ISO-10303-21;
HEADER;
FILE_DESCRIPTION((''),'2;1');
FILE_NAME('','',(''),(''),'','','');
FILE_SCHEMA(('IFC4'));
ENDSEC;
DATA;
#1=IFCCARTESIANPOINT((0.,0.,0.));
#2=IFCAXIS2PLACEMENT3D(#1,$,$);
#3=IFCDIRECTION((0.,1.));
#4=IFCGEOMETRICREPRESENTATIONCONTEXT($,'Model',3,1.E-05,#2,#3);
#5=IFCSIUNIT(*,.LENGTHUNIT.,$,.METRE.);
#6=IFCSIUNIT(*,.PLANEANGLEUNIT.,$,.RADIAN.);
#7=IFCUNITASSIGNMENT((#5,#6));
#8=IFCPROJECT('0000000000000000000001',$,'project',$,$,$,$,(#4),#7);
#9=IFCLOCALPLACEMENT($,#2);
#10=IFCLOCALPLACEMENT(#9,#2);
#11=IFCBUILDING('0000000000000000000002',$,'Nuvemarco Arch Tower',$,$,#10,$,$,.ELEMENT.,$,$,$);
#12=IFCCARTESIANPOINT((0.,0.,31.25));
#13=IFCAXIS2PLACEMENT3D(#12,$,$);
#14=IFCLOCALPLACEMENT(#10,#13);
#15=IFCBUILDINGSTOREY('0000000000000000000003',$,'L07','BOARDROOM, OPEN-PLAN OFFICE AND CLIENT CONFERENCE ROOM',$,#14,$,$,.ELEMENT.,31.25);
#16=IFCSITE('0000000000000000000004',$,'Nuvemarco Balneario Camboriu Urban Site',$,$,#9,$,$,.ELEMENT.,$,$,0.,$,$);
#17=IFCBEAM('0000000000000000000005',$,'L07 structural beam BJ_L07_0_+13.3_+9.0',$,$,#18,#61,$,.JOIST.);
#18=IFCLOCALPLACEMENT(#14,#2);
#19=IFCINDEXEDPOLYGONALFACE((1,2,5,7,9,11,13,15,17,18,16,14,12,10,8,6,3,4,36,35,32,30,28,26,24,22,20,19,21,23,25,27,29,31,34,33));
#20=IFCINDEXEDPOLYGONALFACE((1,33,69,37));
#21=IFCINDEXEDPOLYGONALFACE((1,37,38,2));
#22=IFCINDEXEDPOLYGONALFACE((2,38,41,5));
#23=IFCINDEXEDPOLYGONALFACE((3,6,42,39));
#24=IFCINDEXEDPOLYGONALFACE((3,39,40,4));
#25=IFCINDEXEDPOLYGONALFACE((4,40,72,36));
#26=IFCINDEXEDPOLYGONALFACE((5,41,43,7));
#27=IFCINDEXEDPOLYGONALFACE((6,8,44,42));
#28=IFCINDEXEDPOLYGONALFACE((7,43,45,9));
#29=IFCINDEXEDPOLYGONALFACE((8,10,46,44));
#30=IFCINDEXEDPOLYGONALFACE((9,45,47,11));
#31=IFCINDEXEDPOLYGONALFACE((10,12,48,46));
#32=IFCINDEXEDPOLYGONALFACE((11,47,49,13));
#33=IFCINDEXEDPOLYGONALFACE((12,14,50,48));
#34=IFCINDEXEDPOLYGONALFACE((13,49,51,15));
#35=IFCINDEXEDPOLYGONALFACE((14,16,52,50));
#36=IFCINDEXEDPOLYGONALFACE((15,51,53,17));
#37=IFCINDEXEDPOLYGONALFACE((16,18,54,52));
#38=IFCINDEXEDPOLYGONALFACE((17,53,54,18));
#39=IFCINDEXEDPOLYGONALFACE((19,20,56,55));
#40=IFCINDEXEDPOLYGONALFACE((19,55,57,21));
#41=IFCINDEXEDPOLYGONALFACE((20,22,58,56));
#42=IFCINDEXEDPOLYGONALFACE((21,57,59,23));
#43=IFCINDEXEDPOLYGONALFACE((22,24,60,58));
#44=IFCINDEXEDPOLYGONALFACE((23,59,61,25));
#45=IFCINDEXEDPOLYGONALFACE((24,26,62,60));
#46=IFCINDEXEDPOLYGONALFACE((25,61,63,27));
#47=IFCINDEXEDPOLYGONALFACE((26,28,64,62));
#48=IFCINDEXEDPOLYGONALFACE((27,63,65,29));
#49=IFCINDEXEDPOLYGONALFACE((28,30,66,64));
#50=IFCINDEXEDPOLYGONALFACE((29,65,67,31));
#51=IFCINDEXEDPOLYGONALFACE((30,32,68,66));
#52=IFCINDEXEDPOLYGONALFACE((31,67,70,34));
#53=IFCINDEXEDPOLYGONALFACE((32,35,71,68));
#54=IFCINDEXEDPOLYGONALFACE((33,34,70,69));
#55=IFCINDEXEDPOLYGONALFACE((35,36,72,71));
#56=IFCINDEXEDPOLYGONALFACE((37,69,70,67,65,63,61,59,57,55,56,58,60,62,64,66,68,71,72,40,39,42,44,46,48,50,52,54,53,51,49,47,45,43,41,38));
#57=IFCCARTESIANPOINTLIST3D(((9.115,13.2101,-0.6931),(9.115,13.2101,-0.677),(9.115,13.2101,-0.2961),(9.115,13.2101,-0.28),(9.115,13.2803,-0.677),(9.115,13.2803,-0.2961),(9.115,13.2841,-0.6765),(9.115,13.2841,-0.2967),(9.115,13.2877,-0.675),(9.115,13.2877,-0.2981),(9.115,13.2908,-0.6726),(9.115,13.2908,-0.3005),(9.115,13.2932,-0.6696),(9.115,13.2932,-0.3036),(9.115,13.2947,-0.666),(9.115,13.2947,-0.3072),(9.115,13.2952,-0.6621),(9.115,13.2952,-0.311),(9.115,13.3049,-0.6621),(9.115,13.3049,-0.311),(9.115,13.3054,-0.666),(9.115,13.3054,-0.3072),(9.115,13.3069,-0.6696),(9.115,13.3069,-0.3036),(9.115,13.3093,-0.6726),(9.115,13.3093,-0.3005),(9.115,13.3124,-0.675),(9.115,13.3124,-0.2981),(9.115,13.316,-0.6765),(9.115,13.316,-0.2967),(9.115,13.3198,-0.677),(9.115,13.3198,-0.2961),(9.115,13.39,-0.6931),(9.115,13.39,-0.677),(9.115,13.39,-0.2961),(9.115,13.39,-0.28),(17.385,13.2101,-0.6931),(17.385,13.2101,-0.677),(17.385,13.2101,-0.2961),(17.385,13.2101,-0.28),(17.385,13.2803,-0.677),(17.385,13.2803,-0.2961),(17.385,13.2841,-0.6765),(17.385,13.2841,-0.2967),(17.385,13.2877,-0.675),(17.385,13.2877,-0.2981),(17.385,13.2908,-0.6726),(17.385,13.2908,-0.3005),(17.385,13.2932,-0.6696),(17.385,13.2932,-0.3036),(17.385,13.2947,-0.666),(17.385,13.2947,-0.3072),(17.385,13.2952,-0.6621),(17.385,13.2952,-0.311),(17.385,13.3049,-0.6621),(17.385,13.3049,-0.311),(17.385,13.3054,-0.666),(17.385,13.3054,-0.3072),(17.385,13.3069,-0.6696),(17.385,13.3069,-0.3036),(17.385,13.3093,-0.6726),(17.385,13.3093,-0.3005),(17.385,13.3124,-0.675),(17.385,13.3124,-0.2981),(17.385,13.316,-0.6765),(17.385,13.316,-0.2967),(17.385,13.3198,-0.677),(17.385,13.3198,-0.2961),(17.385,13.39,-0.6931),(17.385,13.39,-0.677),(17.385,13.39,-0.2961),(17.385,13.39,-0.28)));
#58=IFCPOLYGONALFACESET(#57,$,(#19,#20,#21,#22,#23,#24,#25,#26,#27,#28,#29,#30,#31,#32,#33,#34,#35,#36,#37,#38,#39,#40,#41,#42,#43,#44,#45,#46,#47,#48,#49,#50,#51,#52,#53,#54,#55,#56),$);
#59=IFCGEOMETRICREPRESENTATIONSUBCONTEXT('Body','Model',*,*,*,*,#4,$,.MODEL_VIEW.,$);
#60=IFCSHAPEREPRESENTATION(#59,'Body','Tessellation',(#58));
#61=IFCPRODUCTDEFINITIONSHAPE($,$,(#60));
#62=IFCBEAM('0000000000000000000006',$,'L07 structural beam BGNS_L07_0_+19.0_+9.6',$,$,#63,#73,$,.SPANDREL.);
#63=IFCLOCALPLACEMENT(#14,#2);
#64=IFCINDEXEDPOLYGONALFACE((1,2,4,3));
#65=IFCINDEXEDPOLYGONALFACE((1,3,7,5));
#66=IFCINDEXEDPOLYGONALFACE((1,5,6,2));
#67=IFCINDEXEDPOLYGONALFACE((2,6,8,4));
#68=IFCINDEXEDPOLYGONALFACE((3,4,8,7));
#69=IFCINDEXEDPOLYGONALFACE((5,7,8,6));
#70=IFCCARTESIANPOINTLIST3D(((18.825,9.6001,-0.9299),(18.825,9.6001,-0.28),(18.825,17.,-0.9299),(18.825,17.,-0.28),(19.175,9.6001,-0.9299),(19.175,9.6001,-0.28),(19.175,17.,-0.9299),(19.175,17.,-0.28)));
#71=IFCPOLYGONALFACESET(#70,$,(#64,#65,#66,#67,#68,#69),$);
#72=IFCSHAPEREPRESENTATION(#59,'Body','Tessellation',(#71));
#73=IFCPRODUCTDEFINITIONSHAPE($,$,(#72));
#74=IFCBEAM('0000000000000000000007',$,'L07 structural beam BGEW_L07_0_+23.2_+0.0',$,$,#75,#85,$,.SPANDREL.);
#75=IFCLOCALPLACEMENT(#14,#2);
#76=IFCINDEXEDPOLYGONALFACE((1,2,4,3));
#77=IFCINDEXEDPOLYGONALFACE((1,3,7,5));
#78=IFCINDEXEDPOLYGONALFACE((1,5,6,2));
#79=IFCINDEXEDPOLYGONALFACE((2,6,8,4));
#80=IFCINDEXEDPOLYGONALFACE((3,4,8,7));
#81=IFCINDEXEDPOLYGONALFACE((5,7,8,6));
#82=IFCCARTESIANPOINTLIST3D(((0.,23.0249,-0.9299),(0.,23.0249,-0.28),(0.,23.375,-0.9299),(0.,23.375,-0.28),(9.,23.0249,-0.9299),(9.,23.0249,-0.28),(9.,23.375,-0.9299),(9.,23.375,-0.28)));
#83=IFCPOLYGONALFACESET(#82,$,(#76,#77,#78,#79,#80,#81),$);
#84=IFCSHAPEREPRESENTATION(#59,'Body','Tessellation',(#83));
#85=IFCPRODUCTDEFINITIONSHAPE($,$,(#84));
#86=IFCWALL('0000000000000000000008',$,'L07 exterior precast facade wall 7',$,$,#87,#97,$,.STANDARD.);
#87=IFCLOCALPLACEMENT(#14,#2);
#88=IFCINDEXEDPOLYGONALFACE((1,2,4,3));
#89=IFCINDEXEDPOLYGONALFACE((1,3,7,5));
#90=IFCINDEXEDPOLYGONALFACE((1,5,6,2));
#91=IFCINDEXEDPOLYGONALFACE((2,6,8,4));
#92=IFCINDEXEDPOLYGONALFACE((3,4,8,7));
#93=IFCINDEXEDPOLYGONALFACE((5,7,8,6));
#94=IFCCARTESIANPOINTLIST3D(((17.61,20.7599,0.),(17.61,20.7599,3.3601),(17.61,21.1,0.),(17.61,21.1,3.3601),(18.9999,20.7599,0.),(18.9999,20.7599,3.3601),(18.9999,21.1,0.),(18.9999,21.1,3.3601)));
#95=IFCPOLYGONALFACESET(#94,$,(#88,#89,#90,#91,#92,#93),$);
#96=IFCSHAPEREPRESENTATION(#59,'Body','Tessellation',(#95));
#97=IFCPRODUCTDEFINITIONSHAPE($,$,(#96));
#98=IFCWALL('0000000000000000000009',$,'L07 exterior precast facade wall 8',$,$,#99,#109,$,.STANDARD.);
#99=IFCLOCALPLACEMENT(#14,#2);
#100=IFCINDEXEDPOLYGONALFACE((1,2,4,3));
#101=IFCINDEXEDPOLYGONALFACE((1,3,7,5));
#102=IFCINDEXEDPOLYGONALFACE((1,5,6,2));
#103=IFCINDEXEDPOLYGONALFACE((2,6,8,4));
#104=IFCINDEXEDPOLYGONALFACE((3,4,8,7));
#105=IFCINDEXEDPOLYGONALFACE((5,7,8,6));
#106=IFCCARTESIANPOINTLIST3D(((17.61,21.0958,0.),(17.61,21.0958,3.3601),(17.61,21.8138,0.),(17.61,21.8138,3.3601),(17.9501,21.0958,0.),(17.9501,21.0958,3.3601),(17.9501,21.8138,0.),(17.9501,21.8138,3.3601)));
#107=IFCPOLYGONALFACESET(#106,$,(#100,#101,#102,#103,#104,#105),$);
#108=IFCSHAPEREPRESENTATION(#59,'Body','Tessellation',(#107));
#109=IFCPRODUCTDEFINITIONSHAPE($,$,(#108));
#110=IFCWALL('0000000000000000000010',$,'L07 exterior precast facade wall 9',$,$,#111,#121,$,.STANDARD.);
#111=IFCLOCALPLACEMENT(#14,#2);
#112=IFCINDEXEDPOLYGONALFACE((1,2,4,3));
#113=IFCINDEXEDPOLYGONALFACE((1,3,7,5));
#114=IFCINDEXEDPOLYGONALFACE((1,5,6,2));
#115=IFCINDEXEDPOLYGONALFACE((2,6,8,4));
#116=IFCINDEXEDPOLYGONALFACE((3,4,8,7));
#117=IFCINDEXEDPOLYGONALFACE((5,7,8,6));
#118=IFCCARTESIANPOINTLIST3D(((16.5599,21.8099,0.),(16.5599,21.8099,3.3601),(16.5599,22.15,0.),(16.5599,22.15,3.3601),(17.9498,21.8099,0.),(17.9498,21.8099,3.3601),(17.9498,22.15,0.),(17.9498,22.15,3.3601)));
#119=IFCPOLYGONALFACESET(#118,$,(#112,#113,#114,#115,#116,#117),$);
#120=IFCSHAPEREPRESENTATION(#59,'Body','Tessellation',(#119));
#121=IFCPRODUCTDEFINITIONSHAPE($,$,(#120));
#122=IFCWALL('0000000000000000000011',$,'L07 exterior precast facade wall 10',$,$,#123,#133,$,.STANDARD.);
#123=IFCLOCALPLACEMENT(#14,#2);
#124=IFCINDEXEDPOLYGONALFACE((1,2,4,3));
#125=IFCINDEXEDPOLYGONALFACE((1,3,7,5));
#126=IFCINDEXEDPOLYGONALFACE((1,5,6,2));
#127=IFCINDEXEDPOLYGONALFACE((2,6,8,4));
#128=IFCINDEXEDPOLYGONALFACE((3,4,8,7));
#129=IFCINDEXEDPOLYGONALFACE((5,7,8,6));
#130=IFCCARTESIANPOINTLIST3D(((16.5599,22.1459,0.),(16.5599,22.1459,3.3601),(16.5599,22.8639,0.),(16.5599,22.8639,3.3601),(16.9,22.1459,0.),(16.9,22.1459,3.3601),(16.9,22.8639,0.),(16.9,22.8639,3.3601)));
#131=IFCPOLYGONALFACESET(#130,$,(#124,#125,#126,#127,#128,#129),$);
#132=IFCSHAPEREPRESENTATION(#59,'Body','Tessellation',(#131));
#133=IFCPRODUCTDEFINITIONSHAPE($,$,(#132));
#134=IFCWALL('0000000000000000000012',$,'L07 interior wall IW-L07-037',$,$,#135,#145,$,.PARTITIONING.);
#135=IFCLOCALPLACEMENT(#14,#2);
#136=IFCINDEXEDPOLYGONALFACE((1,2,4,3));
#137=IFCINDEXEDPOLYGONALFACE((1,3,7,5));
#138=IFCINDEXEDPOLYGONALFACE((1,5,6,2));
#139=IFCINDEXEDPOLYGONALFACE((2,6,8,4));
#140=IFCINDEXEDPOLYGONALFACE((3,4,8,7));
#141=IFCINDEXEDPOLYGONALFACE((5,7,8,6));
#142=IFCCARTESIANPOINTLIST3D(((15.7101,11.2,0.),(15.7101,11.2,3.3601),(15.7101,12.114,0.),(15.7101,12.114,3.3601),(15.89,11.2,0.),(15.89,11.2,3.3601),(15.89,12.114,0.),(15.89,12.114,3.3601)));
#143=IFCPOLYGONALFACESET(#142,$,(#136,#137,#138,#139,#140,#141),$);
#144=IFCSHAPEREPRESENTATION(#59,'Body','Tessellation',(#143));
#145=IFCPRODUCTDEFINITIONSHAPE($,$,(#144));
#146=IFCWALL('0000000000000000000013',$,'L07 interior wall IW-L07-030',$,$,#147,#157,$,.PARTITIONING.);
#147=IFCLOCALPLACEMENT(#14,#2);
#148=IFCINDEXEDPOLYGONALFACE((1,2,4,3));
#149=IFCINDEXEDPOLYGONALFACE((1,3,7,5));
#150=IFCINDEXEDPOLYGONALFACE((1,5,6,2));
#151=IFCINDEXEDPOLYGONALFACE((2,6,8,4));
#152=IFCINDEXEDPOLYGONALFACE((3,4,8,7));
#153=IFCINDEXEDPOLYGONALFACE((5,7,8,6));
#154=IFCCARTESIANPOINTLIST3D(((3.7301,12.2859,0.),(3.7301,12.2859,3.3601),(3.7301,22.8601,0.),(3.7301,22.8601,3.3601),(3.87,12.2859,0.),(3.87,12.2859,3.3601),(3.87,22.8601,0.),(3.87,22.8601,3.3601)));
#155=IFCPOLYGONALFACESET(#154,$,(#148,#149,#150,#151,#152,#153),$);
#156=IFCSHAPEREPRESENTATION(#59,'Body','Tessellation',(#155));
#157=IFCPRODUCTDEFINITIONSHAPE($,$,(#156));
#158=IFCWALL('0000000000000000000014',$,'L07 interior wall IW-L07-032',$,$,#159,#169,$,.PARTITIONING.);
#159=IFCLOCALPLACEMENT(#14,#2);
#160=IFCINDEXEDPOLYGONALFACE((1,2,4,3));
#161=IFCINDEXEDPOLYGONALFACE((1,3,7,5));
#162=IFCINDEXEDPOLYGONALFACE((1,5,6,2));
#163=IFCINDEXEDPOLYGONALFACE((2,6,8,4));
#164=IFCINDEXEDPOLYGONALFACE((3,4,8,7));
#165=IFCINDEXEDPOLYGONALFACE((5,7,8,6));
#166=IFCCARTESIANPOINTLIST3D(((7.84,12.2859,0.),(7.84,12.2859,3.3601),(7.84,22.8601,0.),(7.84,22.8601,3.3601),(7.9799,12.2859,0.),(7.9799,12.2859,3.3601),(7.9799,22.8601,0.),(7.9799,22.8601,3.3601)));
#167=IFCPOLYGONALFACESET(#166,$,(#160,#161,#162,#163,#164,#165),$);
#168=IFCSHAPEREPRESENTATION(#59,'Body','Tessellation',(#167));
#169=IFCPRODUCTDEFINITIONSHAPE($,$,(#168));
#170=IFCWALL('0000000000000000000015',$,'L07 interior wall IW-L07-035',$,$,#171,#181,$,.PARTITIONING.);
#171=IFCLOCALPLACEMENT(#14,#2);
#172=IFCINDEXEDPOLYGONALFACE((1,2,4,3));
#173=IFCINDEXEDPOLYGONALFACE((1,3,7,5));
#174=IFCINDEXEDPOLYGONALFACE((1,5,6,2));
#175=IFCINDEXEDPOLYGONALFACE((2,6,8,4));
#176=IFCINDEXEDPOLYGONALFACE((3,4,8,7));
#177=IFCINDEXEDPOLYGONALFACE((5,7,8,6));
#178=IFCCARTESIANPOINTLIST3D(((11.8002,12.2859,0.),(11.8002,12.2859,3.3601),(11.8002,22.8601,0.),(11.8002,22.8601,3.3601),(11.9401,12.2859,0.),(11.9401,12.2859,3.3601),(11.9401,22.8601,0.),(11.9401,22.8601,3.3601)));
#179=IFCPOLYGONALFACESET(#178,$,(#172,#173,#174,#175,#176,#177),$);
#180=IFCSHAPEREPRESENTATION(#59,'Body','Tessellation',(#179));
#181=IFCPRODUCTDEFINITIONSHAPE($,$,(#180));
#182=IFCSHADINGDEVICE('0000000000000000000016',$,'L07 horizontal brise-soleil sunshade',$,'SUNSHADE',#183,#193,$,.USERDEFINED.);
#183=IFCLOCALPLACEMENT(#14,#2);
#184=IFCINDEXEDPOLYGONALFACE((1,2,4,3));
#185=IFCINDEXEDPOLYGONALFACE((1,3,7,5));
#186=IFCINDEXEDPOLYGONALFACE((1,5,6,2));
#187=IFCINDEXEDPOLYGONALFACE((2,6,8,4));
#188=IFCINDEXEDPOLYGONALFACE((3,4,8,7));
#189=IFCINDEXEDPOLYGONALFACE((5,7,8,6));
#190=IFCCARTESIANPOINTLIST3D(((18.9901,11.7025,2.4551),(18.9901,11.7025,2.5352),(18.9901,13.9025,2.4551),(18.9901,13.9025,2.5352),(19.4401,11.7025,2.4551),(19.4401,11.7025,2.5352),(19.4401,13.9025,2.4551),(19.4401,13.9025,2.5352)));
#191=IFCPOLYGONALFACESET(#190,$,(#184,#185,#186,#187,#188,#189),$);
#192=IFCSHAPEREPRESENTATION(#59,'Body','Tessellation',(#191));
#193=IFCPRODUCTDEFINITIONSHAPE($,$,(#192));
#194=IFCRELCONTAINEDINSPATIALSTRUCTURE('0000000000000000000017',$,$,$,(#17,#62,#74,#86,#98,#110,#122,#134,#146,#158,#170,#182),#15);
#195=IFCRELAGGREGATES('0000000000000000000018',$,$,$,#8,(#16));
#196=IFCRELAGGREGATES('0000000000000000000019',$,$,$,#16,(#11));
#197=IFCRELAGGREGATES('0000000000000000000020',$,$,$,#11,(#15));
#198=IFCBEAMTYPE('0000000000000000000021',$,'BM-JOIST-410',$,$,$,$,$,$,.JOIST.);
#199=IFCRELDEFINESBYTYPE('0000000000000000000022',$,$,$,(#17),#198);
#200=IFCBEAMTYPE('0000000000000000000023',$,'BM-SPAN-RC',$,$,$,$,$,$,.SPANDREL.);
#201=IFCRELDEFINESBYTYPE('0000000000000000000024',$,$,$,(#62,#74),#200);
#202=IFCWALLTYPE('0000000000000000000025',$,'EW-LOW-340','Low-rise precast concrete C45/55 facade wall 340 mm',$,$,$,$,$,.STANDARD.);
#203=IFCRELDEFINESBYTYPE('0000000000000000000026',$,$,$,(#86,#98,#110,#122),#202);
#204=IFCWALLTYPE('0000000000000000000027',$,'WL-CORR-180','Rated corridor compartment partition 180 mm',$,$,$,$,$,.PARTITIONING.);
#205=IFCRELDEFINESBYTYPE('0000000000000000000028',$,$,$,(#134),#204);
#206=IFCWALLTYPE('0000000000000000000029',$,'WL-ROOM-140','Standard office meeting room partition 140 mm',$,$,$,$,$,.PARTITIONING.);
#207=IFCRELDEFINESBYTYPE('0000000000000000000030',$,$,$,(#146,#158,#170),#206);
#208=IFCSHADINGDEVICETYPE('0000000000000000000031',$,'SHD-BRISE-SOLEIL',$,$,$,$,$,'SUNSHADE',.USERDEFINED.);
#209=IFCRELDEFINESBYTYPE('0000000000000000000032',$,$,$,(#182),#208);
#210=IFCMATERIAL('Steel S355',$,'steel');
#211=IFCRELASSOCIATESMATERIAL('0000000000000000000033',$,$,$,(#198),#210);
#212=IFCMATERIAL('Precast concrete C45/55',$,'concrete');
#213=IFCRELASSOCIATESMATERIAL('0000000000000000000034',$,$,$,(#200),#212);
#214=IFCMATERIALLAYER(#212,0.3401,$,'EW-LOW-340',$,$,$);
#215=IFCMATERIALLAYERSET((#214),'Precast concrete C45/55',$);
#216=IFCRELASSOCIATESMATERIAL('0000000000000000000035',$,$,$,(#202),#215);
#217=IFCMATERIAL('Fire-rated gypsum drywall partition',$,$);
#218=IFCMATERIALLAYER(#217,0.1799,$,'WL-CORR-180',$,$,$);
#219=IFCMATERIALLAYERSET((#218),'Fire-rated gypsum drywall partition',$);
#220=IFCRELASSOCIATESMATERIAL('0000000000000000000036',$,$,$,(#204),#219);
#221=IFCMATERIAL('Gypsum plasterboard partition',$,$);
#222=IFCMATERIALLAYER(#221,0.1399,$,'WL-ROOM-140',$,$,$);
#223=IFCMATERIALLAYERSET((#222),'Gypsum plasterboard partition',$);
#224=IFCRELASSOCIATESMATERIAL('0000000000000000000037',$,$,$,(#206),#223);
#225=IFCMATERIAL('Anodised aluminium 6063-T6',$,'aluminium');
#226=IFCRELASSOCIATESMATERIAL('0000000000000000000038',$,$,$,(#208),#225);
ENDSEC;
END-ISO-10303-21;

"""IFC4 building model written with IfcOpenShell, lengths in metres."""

from ifc_helpers import new_model, si_unit, direction, frame, frame_2d, origin, origin_2d, place, context, subcontext, project, spatial, rectangle, i_section, extrude, source, transform, mapped, material, layer, layer_set, material_profile, profile_set, type_object, type_shapes, element, save


model = new_model("IFC4")

# Units and contexts
model_context = context("Model", 3, precision=1e-05, world=origin(), true_north=direction((0.0, 1.0)))
body_context = subcontext(model_context, "Body", "Model", "MODEL_VIEW")
ifc_project = project(units=[si_unit("LENGTHUNIT", "METRE"), si_unit("PLANEANGLEUNIT", "RADIAN")], contexts=[model_context])

# Site, building, storey
site_placement = place(None, origin())
site = spatial("IfcSite", under=ifc_project, at=site_placement, Name="Nuvemarco Balneario Camboriu Urban Site", CompositionType="ELEMENT", RefElevation=0.0)
building_placement = place(site_placement, origin())
building = spatial("IfcBuilding", under=site, at=building_placement, Name="Nuvemarco Arch Tower", CompositionType="ELEMENT")
storey_placement = place(building_placement, frame((0.0, 0.0, 31.25)))
storey = spatial("IfcBuildingStorey", under=building, at=storey_placement, Name="L07", Description="BOARDROOM, OPEN-PLAN OFFICE AND CLIENT CONFERENCE ROOM", CompositionType="ELEMENT", Elevation=31.25)

# Shared definitions
ifc_material_1 = material(Name="Steel S355", Category="steel")

# Beams
ifc_material_profile_1 = material_profile(ifc_material_1, i_section(OverallWidth=0.1799, OverallDepth=0.4131, WebThickness=0.0098, FlangeThickness=0.0161, FilletRadius=0.0149, at=origin_2d()), Name="W410x75")
ifc_profile_set_1 = profile_set([ifc_material_profile_1], Name="Steel S355")
beam_type_1 = type_object("IfcBeamType", Name="BM-JOIST-410", PredefinedType="JOIST", material=ifc_profile_set_1)
beam_1_placement = place(storey_placement, frame((9.115, 13.3, -0.4866), z_axis=(1.0, 0.0, 0.0), x_axis=(0.0, 1.0, 0.0)))
element("IfcBeam", 1, at=beam_1_placement, inside=storey, type_object=beam_type_1, Name="L07 structural beam BJ_L07_0_+13.3_+9.0", PredefinedType="JOIST", context=body_context, shape_type="SweptSolid", body=[
    extrude(i_section(OverallWidth=0.1799, OverallDepth=0.4131, WebThickness=0.0098, FlangeThickness=0.0161, FilletRadius=0.0149, at=origin_2d()), origin(), (0.0, 0.0, 1.0), 8.27),
])
ifc_material_2 = material(Name="Precast concrete C45/55", Category="concrete")
ifc_material_profile_2 = material_profile(ifc_material_2, rectangle(XDim=0.3501, YDim=0.6499, at=origin_2d()), Name="PC-SP-350x650")
ifc_profile_set_2 = profile_set([ifc_material_profile_2], Name="Precast concrete C45/55")
beam_type_2 = type_object("IfcBeamType", Name="BM-SPAN-RC", PredefinedType="SPANDREL", material=ifc_profile_set_2)
beam_2_placement = place(storey_placement, frame((19.0, 9.6001, -0.605), z_axis=(0.0, 1.0, 0.0), x_axis=(-1.0, 0.0, 0.0)))
element("IfcBeam", 2, at=beam_2_placement, inside=storey, type_object=beam_type_2, Name="L07 structural beam BGNS_L07_0_+19.0_+9.6", PredefinedType="SPANDREL", context=body_context, shape_type="SweptSolid", body=[
    extrude(rectangle(XDim=0.3501, YDim=0.6499, at=origin_2d()), origin(), (0.0, 0.0, 1.0), 7.3999),
])
beam_3_placement = place(storey_placement, frame((0.0, 23.2, -0.605), z_axis=(1.0, 0.0, 0.0), x_axis=(0.0, 1.0, 0.0)))
element("IfcBeam", 3, at=beam_3_placement, inside=storey, type_object=beam_type_2, Name="L07 structural beam BGEW_L07_0_+23.2_+0.0", PredefinedType="SPANDREL", context=body_context, shape_type="SweptSolid", body=[
    extrude(rectangle(XDim=0.3501, YDim=0.6499, at=origin_2d()), origin(), (0.0, 0.0, 1.0), 9.0),
])

# Walls
ifc_layer_1 = layer(ifc_material_2, 0.3401, Name="EW-LOW-340")
ifc_layer_set_1 = layer_set([ifc_layer_1], Name="Precast concrete C45/55")
wall_type_1 = type_object("IfcWallType", Name="EW-LOW-340", Description="Low-rise precast concrete C45/55 facade wall 340 mm", PredefinedType="STANDARD", material=ifc_layer_set_1)
wall_1_placement = place(storey_placement, frame((17.6101, 20.9299, 0.0), z_axis=(0.0, 0.0, 1.0), x_axis=(1.0, 0.0, 0.0)))
element("IfcWall", 4, at=wall_1_placement, inside=storey, type_object=wall_type_1, Name="L07 exterior precast facade wall 7", PredefinedType="STANDARD", context=body_context, shape_type="SweptSolid", body=[
    extrude(rectangle(XDim=1.3899, YDim=0.3401, at=frame_2d((0.6948, 0.0))), origin(), (0.0, 0.0, 1.0), 3.3601),
])
wall_2_placement = place(storey_placement, frame((17.78, 21.0959, 0.0), z_axis=(0.0, 0.0, 1.0), x_axis=(0.0, 1.0, 0.0)))
element("IfcWall", 5, at=wall_2_placement, inside=storey, type_object=wall_type_1, Name="L07 exterior precast facade wall 8", PredefinedType="STANDARD", context=body_context, shape_type="SweptSolid", body=[
    extrude(rectangle(XDim=0.718, YDim=0.3401, at=frame_2d((0.3589, 0.0))), origin(), (0.0, 0.0, 1.0), 3.3601),
])
wall_3_placement = place(storey_placement, frame((16.5601, 21.98, 0.0), z_axis=(0.0, 0.0, 1.0), x_axis=(1.0, 0.0, 0.0)))
element("IfcWall", 6, at=wall_3_placement, inside=storey, type_object=wall_type_1, Name="L07 exterior precast facade wall 9", PredefinedType="STANDARD", context=body_context, shape_type="SweptSolid", body=[
    extrude(rectangle(XDim=1.3899, YDim=0.3401, at=frame_2d((0.6948, 0.0))), origin(), (0.0, 0.0, 1.0), 3.3601),
])
wall_4_placement = place(storey_placement, frame((16.73, 22.146, 0.0), z_axis=(0.0, 0.0, 1.0), x_axis=(0.0, 1.0, 0.0)))
element("IfcWall", 7, at=wall_4_placement, inside=storey, type_object=wall_type_1, Name="L07 exterior precast facade wall 10", PredefinedType="STANDARD", context=body_context, shape_type="SweptSolid", body=[
    extrude(rectangle(XDim=0.718, YDim=0.3401, at=frame_2d((0.3589, 0.0))), origin(), (0.0, 0.0, 1.0), 3.3601),
])
ifc_material_3 = material(Name="Fire-rated gypsum drywall partition")
ifc_layer_2 = layer(ifc_material_3, 0.1799, Name="WL-CORR-180")
ifc_layer_set_2 = layer_set([ifc_layer_2], Name="Fire-rated gypsum drywall partition")
wall_type_2 = type_object("IfcWallType", Name="WL-CORR-180", Description="Rated corridor compartment partition 180 mm", PredefinedType="PARTITIONING", material=ifc_layer_set_2)
wall_5_placement = place(storey_placement, frame((15.8, 11.2, 0.0), z_axis=(0.0, 0.0, 1.0), x_axis=(0.0, 1.0, 0.0)))
element("IfcWall", 8, at=wall_5_placement, inside=storey, type_object=wall_type_2, Name="L07 interior wall IW-L07-037", PredefinedType="PARTITIONING", context=body_context, shape_type="SweptSolid", body=[
    extrude(rectangle(XDim=0.9141, YDim=0.1799, at=frame_2d((0.457, 0.0))), origin(), (0.0, 0.0, 1.0), 3.3601),
])
ifc_material_4 = material(Name="Gypsum plasterboard partition")
ifc_layer_3 = layer(ifc_material_4, 0.1399, Name="WL-ROOM-140")
ifc_layer_set_3 = layer_set([ifc_layer_3], Name="Gypsum plasterboard partition")
wall_type_3 = type_object("IfcWallType", Name="WL-ROOM-140", Description="Standard office meeting room partition 140 mm", PredefinedType="PARTITIONING", material=ifc_layer_set_3)
for number, where, z_axis, x_axis, name in (
    (9, (3.8, 12.2859, 0.0), (0.0, 0.0, 1.0), (0.0, 1.0, 0.0), "L07 interior wall IW-L07-030"),
    (10, (7.9099, 12.2859, 0.0), (0.0, 0.0, 1.0), (0.0, 1.0, 0.0), "L07 interior wall IW-L07-032"),
    (11, (11.8701, 12.2859, 0.0), (0.0, 0.0, 1.0), (0.0, 1.0, 0.0), "L07 interior wall IW-L07-035"),
):
    element("IfcWall", number, at=place(storey_placement, frame(where, z_axis=z_axis, x_axis=x_axis)), inside=storey, type_object=wall_type_3, Name=name, PredefinedType="PARTITIONING", context=body_context, shape_type="SweptSolid", body=[
        extrude(rectangle(XDim=10.5742, YDim=0.1399, at=frame_2d((5.2871, 0.0))), origin(), (0.0, 0.0, 1.0), 3.3601),
    ])

# Shading device
ifc_material_5 = material(Name="Anodised aluminium 6063-T6", Category="aluminium")
shading_device_type_1 = type_object("IfcShadingDeviceType", Name="SHD-BRISE-SOLEIL", ElementType="SUNSHADE", PredefinedType="USERDEFINED", material=ifc_material_5)
shared_shape_1 = source(origin(), body_context, "Body", "SweptSolid", [
    extrude(rectangle(XDim=2.2, YDim=0.45, at=origin_2d()), origin(), (0.0, 0.0, 1.0), 0.0801),
])
type_shapes(shading_device_type_1, [shared_shape_1])
shading_device_placement = place(storey_placement, frame((19.2151, 12.8025, 2.4551), z_axis=(0.0, 0.0, 1.0), x_axis=(0.0, 1.0, 0.0)))
element("IfcShadingDevice", 12, at=shading_device_placement, inside=storey, type_object=shading_device_type_1, Name="L07 horizontal brise-soleil sunshade", ObjectType="SUNSHADE", PredefinedType="USERDEFINED", context=body_context, shape_type="MappedRepresentation", body=[
    mapped(shared_shape_1, transform((0.0, 0.0, 0.0), scale=1.0)),
])

save(model, "model.ifc")
